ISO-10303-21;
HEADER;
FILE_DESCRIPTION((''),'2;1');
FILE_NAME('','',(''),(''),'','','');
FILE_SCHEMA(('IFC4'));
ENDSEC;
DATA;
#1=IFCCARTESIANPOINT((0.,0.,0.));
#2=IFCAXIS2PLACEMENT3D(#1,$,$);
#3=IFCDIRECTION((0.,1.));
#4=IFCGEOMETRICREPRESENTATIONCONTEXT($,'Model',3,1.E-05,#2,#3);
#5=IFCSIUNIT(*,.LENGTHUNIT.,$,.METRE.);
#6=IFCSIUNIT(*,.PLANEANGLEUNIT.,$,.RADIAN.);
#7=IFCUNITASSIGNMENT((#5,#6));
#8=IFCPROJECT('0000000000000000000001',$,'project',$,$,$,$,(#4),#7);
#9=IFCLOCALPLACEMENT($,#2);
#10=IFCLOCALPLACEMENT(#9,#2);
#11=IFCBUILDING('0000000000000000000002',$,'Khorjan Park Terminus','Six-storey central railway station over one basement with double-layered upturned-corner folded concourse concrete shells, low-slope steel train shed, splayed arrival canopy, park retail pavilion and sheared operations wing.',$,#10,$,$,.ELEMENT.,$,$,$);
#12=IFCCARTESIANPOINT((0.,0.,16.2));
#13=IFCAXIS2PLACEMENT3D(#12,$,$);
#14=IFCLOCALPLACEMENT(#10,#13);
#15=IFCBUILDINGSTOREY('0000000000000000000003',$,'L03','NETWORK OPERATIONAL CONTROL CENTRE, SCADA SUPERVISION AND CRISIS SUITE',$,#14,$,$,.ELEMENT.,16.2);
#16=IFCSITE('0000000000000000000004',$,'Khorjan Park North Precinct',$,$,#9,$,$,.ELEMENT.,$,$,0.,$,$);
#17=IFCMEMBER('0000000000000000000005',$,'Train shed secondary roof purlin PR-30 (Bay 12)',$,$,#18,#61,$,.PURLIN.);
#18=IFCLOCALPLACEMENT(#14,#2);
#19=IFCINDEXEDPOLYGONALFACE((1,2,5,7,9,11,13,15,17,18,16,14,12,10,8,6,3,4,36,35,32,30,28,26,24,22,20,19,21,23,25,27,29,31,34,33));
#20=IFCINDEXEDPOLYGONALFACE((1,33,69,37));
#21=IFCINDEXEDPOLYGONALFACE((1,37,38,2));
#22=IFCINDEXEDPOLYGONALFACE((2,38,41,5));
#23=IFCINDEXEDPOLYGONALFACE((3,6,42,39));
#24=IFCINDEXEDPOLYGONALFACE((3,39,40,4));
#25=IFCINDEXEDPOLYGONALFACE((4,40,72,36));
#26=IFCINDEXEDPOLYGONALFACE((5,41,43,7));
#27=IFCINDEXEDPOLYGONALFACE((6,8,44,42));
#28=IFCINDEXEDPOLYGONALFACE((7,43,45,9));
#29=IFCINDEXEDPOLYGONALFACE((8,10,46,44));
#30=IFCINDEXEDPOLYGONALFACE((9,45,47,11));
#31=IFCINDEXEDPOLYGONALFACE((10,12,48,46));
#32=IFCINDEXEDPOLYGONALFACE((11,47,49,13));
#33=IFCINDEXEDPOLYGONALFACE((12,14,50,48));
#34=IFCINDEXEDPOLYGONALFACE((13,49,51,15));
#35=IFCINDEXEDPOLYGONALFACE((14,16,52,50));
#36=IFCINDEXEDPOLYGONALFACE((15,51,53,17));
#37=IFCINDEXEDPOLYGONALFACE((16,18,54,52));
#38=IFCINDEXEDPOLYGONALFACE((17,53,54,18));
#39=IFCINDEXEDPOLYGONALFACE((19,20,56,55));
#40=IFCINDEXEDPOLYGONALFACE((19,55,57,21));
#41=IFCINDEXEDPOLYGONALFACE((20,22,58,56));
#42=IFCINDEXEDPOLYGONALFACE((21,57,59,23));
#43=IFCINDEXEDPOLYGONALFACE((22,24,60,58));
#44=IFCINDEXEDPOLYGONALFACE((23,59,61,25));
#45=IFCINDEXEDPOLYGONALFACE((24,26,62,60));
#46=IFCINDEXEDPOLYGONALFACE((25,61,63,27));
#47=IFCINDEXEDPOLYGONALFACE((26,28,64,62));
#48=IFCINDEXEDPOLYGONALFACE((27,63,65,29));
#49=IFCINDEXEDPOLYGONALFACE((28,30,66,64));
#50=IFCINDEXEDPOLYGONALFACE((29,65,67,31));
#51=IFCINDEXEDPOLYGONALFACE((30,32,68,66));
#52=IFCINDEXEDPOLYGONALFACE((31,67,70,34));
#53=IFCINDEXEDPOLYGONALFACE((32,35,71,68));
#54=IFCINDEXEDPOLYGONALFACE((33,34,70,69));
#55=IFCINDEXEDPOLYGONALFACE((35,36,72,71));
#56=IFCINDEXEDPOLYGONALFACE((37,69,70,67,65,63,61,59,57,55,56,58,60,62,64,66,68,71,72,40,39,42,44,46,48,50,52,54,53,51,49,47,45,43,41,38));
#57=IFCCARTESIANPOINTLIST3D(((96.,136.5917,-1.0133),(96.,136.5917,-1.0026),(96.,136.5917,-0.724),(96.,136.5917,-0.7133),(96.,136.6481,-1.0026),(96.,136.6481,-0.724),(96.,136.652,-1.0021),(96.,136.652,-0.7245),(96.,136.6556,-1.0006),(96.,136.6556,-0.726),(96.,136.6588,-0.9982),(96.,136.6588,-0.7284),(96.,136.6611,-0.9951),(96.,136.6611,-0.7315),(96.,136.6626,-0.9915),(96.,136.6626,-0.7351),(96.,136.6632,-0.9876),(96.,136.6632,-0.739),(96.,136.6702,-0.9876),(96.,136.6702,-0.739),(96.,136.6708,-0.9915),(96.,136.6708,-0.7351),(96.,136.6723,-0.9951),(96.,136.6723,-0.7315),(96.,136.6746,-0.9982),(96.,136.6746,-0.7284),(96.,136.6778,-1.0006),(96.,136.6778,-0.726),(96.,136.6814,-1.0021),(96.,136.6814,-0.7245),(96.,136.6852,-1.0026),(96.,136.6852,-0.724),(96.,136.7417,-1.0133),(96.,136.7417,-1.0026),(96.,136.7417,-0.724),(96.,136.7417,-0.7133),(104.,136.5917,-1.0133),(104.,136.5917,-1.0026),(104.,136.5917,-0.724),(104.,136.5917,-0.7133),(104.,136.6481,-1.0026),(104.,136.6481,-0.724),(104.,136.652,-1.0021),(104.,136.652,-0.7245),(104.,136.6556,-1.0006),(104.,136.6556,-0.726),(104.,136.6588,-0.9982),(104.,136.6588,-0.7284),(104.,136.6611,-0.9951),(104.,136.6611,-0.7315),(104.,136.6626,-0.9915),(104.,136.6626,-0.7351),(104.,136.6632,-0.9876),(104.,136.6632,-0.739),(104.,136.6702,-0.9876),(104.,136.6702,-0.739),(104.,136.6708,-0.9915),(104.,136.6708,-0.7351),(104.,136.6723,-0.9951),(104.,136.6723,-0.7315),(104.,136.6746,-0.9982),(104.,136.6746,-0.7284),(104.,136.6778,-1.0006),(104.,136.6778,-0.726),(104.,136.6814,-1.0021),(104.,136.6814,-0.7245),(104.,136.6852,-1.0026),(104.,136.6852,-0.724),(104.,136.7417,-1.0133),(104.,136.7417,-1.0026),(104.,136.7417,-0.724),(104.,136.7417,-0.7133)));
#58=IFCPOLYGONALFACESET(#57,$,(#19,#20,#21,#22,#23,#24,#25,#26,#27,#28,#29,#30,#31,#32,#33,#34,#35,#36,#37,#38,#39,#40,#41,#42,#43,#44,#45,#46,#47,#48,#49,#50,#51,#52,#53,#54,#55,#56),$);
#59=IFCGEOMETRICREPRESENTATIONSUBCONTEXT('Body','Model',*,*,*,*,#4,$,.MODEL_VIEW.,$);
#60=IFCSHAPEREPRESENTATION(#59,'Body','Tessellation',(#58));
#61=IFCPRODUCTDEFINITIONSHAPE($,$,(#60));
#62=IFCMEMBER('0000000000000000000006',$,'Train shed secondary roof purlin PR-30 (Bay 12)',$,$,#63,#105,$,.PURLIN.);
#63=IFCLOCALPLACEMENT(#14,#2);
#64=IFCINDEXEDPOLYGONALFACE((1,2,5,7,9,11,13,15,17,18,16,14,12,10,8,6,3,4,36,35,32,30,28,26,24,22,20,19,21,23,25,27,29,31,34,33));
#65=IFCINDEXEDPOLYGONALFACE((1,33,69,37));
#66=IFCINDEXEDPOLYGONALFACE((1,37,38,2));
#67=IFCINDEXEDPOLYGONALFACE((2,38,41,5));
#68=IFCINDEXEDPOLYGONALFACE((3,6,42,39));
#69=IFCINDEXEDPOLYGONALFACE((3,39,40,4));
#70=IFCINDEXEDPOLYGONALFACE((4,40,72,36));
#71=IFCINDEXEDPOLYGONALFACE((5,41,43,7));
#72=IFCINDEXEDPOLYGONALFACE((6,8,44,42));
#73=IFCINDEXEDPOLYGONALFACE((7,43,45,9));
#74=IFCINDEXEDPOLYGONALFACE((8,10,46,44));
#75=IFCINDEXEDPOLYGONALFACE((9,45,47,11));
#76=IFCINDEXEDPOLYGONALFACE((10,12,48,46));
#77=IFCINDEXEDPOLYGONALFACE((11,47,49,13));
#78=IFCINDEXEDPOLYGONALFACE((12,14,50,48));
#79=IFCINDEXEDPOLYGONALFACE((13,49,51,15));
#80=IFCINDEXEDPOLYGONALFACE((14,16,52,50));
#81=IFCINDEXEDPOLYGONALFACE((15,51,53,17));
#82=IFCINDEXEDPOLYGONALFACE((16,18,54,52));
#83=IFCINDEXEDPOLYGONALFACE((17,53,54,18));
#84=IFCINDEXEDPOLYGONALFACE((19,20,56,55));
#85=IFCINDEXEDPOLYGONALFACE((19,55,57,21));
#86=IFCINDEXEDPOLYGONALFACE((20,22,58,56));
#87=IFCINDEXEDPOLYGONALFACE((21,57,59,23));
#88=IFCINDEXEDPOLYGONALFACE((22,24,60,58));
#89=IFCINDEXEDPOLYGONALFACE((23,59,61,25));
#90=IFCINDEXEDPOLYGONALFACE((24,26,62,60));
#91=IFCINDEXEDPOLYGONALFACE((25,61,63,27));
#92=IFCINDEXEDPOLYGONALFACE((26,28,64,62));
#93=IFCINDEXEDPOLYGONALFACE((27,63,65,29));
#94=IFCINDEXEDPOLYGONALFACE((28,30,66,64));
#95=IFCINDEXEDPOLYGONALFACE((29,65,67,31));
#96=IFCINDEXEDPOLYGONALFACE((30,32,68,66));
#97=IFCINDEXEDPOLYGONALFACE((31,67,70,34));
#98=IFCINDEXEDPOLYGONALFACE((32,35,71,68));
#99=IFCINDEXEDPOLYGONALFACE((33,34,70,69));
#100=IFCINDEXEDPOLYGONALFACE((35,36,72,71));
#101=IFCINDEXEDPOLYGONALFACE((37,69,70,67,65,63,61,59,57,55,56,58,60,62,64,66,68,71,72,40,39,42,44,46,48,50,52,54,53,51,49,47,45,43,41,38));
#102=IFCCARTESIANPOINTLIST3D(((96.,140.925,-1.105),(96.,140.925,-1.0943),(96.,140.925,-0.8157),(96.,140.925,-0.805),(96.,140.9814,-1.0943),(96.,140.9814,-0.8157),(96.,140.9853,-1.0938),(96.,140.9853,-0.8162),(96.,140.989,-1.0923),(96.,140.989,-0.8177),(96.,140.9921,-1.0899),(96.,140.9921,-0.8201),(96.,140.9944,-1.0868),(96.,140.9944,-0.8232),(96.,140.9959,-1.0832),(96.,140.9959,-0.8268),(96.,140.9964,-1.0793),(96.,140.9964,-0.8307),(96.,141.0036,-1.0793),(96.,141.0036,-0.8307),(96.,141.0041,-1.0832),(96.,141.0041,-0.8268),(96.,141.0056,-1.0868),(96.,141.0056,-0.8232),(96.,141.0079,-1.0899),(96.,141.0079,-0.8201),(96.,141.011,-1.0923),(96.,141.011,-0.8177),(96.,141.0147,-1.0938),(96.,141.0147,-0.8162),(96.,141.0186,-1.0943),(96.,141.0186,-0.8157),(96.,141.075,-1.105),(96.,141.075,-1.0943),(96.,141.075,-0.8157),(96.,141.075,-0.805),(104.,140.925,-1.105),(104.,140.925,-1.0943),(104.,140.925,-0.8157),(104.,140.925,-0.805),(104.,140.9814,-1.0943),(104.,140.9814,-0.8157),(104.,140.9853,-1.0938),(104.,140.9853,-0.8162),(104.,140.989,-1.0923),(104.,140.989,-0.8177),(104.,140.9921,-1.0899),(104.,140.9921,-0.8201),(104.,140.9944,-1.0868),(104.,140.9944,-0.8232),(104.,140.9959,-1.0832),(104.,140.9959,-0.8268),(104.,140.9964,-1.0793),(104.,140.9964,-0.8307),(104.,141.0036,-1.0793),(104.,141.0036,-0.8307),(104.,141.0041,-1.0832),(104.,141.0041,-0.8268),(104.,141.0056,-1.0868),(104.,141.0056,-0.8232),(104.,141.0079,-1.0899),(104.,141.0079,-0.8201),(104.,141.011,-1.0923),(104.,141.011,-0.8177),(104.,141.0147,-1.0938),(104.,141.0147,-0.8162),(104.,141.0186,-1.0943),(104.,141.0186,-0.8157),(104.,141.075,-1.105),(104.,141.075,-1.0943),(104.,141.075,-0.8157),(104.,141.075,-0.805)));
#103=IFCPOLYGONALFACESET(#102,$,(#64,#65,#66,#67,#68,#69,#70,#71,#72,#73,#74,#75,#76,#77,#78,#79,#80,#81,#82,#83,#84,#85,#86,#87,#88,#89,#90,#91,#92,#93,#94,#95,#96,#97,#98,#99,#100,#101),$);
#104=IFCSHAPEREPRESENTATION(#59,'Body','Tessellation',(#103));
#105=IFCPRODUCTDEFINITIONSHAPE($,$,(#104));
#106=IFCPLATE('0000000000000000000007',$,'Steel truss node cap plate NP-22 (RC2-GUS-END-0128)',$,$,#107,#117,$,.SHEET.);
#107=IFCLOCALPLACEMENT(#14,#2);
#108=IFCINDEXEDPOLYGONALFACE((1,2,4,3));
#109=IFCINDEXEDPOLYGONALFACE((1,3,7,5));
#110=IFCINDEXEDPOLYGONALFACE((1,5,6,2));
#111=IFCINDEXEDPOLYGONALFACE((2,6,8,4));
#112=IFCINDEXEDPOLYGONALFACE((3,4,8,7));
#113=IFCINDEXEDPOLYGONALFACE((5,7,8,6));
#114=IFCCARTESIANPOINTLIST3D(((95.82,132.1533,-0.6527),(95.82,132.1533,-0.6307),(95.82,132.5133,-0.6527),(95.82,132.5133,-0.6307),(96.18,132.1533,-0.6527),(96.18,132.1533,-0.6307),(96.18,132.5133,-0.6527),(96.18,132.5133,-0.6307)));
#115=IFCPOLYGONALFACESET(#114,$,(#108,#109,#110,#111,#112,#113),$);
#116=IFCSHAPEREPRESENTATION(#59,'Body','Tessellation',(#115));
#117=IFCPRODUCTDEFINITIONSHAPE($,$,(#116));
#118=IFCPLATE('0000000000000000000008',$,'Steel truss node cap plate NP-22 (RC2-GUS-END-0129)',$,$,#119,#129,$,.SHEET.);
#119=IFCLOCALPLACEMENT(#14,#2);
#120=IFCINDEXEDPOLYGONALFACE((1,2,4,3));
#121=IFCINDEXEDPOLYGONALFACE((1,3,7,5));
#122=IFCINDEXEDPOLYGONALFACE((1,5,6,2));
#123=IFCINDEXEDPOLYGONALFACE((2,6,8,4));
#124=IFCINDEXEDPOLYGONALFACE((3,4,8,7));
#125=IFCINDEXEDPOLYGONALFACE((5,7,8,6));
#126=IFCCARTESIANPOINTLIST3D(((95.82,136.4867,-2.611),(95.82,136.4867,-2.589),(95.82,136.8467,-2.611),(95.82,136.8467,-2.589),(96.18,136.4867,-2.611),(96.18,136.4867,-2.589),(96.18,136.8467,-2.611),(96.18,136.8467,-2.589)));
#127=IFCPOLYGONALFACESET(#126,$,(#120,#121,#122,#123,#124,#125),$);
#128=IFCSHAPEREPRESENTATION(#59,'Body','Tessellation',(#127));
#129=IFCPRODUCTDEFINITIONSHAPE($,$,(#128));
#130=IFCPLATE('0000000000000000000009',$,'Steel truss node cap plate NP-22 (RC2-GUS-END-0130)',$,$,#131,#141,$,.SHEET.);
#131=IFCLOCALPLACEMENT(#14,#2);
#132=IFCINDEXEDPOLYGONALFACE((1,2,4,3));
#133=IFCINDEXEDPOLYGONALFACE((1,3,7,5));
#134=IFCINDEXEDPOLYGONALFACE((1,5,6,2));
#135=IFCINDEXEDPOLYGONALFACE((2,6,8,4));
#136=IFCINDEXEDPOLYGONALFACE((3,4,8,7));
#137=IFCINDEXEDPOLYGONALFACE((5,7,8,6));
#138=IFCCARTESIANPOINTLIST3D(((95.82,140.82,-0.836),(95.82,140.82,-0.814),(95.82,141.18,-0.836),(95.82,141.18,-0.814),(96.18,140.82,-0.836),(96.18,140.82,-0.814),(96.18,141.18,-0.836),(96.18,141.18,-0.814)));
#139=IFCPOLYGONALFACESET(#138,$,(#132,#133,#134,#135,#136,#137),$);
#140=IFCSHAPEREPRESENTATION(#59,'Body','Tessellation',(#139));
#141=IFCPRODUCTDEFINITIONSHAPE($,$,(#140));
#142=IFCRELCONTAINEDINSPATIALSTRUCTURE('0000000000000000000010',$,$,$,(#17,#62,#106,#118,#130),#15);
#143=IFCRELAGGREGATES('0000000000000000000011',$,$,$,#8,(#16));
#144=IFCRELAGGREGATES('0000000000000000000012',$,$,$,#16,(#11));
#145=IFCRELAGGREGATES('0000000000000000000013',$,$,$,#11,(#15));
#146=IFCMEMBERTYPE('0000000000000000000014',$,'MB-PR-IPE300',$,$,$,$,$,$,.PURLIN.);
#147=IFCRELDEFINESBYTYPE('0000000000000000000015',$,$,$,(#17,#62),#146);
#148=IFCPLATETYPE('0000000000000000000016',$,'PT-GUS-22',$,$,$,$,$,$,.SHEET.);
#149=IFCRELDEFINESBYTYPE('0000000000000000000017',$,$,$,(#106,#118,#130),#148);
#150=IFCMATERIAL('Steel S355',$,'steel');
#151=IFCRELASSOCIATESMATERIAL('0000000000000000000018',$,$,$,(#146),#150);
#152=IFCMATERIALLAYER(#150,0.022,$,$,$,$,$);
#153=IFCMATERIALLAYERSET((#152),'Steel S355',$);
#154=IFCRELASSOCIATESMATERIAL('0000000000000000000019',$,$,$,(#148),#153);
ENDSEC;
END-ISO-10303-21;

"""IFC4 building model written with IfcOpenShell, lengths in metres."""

from ifc_helpers import new_model, si_unit, direction, frame, origin, origin_2d, place, context, subcontext, project, spatial, rectangle, i_section, extrude, material, layer, layer_set, material_profile, profile_set, type_object, element, save


model = new_model("IFC4")

# Units and contexts
model_context = context("Model", 3, precision=1e-05, world=origin(), true_north=direction((0.0, 1.0)))
body_context = subcontext(model_context, "Body", "Model", "MODEL_VIEW")
ifc_project = project(units=[si_unit("LENGTHUNIT", "METRE"), si_unit("PLANEANGLEUNIT", "RADIAN")], contexts=[model_context])

# Site, building, storey
site_placement = place(None, origin())
site = spatial("IfcSite", under=ifc_project, at=site_placement, Name="Khorjan Park North Precinct", CompositionType="ELEMENT", RefElevation=0.0)
building_placement = place(site_placement, origin())
building = spatial("IfcBuilding", under=site, at=building_placement, Name="Khorjan Park Terminus", Description="Six-storey central railway station over one basement with double-layered upturned-corner folded concourse concrete shells, low-slope steel train shed, splayed arrival canopy, park retail pavilion and sheared operations wing.", CompositionType="ELEMENT")
storey_placement = place(building_placement, frame((0.0, 0.0, 16.2)))
storey = spatial("IfcBuildingStorey", under=building, at=storey_placement, Name="L03", Description="NETWORK OPERATIONAL CONTROL CENTRE, SCADA SUPERVISION AND CRISIS SUITE", CompositionType="ELEMENT", Elevation=16.2)

# Members
ifc_material = material(Name="Steel S355", Category="steel")
ifc_material_profile_1 = material_profile(ifc_material, i_section(OverallWidth=0.15, OverallDepth=0.3, WebThickness=0.0071, FlangeThickness=0.0107, FilletRadius=0.015, at=origin_2d()), Name="IPE 300")
ifc_profile_set_1 = profile_set([ifc_material_profile_1], Name="Steel S355")
member_type_1 = type_object("IfcMemberType", Name="MB-PR-IPE300", PredefinedType="PURLIN", material=ifc_profile_set_1)
for number, where, z_axis, x_axis, name in (
    (1, (96.0, 136.6667, -0.8633), (1.0, 0.0, 0.0), (0.0, 1.0, 0.0), "Train shed secondary roof purlin PR-30 (Bay 12)"),
    (2, (96.0, 141.0, -0.955), (1.0, 0.0, 0.0), (0.0, 1.0, 0.0), "Train shed secondary roof purlin PR-30 (Bay 12)"),
):
    element("IfcMember", number, at=place(storey_placement, frame(where, z_axis=z_axis, x_axis=x_axis)), inside=storey, type_object=member_type_1, Name=name, PredefinedType="PURLIN", context=body_context, shape_type="SweptSolid", body=[
        extrude(i_section(OverallWidth=0.15, OverallDepth=0.3, WebThickness=0.0071, FlangeThickness=0.0107, FilletRadius=0.015, at=origin_2d()), origin(), (0.0, 0.0, 1.0), 8.0),
    ])

# Plates
ifc_layer = layer(ifc_material, 0.022)
ifc_layer_set = layer_set([ifc_layer], Name="Steel S355")
plate_type = type_object("IfcPlateType", Name="PT-GUS-22", PredefinedType="SHEET", material=ifc_layer_set)
for number, where, z_axis, x_axis, name in (
    (3, (96.0, 132.3333, -0.6527), (0.0, 0.0, 1.0), (1.0, 0.0, 0.0), "Steel truss node cap plate NP-22 (RC2-GUS-END-0128)"),
    (4, (96.0, 136.6667, -2.611), (0.0, 0.0, 1.0), (1.0, 0.0, 0.0), "Steel truss node cap plate NP-22 (RC2-GUS-END-0129)"),
    (5, (96.0, 141.0, -0.836), (0.0, 0.0, 1.0), (1.0, 0.0, 0.0), "Steel truss node cap plate NP-22 (RC2-GUS-END-0130)"),
):
    element("IfcPlate", number, at=place(storey_placement, frame(where, z_axis=z_axis, x_axis=x_axis)), inside=storey, type_object=plate_type, Name=name, PredefinedType="SHEET", context=body_context, shape_type="SweptSolid", body=[
        extrude(rectangle(XDim=0.36, YDim=0.36, at=origin_2d()), origin(), (0.0, 0.0, 1.0), 0.022),
    ])

save(model, "model.ifc")
